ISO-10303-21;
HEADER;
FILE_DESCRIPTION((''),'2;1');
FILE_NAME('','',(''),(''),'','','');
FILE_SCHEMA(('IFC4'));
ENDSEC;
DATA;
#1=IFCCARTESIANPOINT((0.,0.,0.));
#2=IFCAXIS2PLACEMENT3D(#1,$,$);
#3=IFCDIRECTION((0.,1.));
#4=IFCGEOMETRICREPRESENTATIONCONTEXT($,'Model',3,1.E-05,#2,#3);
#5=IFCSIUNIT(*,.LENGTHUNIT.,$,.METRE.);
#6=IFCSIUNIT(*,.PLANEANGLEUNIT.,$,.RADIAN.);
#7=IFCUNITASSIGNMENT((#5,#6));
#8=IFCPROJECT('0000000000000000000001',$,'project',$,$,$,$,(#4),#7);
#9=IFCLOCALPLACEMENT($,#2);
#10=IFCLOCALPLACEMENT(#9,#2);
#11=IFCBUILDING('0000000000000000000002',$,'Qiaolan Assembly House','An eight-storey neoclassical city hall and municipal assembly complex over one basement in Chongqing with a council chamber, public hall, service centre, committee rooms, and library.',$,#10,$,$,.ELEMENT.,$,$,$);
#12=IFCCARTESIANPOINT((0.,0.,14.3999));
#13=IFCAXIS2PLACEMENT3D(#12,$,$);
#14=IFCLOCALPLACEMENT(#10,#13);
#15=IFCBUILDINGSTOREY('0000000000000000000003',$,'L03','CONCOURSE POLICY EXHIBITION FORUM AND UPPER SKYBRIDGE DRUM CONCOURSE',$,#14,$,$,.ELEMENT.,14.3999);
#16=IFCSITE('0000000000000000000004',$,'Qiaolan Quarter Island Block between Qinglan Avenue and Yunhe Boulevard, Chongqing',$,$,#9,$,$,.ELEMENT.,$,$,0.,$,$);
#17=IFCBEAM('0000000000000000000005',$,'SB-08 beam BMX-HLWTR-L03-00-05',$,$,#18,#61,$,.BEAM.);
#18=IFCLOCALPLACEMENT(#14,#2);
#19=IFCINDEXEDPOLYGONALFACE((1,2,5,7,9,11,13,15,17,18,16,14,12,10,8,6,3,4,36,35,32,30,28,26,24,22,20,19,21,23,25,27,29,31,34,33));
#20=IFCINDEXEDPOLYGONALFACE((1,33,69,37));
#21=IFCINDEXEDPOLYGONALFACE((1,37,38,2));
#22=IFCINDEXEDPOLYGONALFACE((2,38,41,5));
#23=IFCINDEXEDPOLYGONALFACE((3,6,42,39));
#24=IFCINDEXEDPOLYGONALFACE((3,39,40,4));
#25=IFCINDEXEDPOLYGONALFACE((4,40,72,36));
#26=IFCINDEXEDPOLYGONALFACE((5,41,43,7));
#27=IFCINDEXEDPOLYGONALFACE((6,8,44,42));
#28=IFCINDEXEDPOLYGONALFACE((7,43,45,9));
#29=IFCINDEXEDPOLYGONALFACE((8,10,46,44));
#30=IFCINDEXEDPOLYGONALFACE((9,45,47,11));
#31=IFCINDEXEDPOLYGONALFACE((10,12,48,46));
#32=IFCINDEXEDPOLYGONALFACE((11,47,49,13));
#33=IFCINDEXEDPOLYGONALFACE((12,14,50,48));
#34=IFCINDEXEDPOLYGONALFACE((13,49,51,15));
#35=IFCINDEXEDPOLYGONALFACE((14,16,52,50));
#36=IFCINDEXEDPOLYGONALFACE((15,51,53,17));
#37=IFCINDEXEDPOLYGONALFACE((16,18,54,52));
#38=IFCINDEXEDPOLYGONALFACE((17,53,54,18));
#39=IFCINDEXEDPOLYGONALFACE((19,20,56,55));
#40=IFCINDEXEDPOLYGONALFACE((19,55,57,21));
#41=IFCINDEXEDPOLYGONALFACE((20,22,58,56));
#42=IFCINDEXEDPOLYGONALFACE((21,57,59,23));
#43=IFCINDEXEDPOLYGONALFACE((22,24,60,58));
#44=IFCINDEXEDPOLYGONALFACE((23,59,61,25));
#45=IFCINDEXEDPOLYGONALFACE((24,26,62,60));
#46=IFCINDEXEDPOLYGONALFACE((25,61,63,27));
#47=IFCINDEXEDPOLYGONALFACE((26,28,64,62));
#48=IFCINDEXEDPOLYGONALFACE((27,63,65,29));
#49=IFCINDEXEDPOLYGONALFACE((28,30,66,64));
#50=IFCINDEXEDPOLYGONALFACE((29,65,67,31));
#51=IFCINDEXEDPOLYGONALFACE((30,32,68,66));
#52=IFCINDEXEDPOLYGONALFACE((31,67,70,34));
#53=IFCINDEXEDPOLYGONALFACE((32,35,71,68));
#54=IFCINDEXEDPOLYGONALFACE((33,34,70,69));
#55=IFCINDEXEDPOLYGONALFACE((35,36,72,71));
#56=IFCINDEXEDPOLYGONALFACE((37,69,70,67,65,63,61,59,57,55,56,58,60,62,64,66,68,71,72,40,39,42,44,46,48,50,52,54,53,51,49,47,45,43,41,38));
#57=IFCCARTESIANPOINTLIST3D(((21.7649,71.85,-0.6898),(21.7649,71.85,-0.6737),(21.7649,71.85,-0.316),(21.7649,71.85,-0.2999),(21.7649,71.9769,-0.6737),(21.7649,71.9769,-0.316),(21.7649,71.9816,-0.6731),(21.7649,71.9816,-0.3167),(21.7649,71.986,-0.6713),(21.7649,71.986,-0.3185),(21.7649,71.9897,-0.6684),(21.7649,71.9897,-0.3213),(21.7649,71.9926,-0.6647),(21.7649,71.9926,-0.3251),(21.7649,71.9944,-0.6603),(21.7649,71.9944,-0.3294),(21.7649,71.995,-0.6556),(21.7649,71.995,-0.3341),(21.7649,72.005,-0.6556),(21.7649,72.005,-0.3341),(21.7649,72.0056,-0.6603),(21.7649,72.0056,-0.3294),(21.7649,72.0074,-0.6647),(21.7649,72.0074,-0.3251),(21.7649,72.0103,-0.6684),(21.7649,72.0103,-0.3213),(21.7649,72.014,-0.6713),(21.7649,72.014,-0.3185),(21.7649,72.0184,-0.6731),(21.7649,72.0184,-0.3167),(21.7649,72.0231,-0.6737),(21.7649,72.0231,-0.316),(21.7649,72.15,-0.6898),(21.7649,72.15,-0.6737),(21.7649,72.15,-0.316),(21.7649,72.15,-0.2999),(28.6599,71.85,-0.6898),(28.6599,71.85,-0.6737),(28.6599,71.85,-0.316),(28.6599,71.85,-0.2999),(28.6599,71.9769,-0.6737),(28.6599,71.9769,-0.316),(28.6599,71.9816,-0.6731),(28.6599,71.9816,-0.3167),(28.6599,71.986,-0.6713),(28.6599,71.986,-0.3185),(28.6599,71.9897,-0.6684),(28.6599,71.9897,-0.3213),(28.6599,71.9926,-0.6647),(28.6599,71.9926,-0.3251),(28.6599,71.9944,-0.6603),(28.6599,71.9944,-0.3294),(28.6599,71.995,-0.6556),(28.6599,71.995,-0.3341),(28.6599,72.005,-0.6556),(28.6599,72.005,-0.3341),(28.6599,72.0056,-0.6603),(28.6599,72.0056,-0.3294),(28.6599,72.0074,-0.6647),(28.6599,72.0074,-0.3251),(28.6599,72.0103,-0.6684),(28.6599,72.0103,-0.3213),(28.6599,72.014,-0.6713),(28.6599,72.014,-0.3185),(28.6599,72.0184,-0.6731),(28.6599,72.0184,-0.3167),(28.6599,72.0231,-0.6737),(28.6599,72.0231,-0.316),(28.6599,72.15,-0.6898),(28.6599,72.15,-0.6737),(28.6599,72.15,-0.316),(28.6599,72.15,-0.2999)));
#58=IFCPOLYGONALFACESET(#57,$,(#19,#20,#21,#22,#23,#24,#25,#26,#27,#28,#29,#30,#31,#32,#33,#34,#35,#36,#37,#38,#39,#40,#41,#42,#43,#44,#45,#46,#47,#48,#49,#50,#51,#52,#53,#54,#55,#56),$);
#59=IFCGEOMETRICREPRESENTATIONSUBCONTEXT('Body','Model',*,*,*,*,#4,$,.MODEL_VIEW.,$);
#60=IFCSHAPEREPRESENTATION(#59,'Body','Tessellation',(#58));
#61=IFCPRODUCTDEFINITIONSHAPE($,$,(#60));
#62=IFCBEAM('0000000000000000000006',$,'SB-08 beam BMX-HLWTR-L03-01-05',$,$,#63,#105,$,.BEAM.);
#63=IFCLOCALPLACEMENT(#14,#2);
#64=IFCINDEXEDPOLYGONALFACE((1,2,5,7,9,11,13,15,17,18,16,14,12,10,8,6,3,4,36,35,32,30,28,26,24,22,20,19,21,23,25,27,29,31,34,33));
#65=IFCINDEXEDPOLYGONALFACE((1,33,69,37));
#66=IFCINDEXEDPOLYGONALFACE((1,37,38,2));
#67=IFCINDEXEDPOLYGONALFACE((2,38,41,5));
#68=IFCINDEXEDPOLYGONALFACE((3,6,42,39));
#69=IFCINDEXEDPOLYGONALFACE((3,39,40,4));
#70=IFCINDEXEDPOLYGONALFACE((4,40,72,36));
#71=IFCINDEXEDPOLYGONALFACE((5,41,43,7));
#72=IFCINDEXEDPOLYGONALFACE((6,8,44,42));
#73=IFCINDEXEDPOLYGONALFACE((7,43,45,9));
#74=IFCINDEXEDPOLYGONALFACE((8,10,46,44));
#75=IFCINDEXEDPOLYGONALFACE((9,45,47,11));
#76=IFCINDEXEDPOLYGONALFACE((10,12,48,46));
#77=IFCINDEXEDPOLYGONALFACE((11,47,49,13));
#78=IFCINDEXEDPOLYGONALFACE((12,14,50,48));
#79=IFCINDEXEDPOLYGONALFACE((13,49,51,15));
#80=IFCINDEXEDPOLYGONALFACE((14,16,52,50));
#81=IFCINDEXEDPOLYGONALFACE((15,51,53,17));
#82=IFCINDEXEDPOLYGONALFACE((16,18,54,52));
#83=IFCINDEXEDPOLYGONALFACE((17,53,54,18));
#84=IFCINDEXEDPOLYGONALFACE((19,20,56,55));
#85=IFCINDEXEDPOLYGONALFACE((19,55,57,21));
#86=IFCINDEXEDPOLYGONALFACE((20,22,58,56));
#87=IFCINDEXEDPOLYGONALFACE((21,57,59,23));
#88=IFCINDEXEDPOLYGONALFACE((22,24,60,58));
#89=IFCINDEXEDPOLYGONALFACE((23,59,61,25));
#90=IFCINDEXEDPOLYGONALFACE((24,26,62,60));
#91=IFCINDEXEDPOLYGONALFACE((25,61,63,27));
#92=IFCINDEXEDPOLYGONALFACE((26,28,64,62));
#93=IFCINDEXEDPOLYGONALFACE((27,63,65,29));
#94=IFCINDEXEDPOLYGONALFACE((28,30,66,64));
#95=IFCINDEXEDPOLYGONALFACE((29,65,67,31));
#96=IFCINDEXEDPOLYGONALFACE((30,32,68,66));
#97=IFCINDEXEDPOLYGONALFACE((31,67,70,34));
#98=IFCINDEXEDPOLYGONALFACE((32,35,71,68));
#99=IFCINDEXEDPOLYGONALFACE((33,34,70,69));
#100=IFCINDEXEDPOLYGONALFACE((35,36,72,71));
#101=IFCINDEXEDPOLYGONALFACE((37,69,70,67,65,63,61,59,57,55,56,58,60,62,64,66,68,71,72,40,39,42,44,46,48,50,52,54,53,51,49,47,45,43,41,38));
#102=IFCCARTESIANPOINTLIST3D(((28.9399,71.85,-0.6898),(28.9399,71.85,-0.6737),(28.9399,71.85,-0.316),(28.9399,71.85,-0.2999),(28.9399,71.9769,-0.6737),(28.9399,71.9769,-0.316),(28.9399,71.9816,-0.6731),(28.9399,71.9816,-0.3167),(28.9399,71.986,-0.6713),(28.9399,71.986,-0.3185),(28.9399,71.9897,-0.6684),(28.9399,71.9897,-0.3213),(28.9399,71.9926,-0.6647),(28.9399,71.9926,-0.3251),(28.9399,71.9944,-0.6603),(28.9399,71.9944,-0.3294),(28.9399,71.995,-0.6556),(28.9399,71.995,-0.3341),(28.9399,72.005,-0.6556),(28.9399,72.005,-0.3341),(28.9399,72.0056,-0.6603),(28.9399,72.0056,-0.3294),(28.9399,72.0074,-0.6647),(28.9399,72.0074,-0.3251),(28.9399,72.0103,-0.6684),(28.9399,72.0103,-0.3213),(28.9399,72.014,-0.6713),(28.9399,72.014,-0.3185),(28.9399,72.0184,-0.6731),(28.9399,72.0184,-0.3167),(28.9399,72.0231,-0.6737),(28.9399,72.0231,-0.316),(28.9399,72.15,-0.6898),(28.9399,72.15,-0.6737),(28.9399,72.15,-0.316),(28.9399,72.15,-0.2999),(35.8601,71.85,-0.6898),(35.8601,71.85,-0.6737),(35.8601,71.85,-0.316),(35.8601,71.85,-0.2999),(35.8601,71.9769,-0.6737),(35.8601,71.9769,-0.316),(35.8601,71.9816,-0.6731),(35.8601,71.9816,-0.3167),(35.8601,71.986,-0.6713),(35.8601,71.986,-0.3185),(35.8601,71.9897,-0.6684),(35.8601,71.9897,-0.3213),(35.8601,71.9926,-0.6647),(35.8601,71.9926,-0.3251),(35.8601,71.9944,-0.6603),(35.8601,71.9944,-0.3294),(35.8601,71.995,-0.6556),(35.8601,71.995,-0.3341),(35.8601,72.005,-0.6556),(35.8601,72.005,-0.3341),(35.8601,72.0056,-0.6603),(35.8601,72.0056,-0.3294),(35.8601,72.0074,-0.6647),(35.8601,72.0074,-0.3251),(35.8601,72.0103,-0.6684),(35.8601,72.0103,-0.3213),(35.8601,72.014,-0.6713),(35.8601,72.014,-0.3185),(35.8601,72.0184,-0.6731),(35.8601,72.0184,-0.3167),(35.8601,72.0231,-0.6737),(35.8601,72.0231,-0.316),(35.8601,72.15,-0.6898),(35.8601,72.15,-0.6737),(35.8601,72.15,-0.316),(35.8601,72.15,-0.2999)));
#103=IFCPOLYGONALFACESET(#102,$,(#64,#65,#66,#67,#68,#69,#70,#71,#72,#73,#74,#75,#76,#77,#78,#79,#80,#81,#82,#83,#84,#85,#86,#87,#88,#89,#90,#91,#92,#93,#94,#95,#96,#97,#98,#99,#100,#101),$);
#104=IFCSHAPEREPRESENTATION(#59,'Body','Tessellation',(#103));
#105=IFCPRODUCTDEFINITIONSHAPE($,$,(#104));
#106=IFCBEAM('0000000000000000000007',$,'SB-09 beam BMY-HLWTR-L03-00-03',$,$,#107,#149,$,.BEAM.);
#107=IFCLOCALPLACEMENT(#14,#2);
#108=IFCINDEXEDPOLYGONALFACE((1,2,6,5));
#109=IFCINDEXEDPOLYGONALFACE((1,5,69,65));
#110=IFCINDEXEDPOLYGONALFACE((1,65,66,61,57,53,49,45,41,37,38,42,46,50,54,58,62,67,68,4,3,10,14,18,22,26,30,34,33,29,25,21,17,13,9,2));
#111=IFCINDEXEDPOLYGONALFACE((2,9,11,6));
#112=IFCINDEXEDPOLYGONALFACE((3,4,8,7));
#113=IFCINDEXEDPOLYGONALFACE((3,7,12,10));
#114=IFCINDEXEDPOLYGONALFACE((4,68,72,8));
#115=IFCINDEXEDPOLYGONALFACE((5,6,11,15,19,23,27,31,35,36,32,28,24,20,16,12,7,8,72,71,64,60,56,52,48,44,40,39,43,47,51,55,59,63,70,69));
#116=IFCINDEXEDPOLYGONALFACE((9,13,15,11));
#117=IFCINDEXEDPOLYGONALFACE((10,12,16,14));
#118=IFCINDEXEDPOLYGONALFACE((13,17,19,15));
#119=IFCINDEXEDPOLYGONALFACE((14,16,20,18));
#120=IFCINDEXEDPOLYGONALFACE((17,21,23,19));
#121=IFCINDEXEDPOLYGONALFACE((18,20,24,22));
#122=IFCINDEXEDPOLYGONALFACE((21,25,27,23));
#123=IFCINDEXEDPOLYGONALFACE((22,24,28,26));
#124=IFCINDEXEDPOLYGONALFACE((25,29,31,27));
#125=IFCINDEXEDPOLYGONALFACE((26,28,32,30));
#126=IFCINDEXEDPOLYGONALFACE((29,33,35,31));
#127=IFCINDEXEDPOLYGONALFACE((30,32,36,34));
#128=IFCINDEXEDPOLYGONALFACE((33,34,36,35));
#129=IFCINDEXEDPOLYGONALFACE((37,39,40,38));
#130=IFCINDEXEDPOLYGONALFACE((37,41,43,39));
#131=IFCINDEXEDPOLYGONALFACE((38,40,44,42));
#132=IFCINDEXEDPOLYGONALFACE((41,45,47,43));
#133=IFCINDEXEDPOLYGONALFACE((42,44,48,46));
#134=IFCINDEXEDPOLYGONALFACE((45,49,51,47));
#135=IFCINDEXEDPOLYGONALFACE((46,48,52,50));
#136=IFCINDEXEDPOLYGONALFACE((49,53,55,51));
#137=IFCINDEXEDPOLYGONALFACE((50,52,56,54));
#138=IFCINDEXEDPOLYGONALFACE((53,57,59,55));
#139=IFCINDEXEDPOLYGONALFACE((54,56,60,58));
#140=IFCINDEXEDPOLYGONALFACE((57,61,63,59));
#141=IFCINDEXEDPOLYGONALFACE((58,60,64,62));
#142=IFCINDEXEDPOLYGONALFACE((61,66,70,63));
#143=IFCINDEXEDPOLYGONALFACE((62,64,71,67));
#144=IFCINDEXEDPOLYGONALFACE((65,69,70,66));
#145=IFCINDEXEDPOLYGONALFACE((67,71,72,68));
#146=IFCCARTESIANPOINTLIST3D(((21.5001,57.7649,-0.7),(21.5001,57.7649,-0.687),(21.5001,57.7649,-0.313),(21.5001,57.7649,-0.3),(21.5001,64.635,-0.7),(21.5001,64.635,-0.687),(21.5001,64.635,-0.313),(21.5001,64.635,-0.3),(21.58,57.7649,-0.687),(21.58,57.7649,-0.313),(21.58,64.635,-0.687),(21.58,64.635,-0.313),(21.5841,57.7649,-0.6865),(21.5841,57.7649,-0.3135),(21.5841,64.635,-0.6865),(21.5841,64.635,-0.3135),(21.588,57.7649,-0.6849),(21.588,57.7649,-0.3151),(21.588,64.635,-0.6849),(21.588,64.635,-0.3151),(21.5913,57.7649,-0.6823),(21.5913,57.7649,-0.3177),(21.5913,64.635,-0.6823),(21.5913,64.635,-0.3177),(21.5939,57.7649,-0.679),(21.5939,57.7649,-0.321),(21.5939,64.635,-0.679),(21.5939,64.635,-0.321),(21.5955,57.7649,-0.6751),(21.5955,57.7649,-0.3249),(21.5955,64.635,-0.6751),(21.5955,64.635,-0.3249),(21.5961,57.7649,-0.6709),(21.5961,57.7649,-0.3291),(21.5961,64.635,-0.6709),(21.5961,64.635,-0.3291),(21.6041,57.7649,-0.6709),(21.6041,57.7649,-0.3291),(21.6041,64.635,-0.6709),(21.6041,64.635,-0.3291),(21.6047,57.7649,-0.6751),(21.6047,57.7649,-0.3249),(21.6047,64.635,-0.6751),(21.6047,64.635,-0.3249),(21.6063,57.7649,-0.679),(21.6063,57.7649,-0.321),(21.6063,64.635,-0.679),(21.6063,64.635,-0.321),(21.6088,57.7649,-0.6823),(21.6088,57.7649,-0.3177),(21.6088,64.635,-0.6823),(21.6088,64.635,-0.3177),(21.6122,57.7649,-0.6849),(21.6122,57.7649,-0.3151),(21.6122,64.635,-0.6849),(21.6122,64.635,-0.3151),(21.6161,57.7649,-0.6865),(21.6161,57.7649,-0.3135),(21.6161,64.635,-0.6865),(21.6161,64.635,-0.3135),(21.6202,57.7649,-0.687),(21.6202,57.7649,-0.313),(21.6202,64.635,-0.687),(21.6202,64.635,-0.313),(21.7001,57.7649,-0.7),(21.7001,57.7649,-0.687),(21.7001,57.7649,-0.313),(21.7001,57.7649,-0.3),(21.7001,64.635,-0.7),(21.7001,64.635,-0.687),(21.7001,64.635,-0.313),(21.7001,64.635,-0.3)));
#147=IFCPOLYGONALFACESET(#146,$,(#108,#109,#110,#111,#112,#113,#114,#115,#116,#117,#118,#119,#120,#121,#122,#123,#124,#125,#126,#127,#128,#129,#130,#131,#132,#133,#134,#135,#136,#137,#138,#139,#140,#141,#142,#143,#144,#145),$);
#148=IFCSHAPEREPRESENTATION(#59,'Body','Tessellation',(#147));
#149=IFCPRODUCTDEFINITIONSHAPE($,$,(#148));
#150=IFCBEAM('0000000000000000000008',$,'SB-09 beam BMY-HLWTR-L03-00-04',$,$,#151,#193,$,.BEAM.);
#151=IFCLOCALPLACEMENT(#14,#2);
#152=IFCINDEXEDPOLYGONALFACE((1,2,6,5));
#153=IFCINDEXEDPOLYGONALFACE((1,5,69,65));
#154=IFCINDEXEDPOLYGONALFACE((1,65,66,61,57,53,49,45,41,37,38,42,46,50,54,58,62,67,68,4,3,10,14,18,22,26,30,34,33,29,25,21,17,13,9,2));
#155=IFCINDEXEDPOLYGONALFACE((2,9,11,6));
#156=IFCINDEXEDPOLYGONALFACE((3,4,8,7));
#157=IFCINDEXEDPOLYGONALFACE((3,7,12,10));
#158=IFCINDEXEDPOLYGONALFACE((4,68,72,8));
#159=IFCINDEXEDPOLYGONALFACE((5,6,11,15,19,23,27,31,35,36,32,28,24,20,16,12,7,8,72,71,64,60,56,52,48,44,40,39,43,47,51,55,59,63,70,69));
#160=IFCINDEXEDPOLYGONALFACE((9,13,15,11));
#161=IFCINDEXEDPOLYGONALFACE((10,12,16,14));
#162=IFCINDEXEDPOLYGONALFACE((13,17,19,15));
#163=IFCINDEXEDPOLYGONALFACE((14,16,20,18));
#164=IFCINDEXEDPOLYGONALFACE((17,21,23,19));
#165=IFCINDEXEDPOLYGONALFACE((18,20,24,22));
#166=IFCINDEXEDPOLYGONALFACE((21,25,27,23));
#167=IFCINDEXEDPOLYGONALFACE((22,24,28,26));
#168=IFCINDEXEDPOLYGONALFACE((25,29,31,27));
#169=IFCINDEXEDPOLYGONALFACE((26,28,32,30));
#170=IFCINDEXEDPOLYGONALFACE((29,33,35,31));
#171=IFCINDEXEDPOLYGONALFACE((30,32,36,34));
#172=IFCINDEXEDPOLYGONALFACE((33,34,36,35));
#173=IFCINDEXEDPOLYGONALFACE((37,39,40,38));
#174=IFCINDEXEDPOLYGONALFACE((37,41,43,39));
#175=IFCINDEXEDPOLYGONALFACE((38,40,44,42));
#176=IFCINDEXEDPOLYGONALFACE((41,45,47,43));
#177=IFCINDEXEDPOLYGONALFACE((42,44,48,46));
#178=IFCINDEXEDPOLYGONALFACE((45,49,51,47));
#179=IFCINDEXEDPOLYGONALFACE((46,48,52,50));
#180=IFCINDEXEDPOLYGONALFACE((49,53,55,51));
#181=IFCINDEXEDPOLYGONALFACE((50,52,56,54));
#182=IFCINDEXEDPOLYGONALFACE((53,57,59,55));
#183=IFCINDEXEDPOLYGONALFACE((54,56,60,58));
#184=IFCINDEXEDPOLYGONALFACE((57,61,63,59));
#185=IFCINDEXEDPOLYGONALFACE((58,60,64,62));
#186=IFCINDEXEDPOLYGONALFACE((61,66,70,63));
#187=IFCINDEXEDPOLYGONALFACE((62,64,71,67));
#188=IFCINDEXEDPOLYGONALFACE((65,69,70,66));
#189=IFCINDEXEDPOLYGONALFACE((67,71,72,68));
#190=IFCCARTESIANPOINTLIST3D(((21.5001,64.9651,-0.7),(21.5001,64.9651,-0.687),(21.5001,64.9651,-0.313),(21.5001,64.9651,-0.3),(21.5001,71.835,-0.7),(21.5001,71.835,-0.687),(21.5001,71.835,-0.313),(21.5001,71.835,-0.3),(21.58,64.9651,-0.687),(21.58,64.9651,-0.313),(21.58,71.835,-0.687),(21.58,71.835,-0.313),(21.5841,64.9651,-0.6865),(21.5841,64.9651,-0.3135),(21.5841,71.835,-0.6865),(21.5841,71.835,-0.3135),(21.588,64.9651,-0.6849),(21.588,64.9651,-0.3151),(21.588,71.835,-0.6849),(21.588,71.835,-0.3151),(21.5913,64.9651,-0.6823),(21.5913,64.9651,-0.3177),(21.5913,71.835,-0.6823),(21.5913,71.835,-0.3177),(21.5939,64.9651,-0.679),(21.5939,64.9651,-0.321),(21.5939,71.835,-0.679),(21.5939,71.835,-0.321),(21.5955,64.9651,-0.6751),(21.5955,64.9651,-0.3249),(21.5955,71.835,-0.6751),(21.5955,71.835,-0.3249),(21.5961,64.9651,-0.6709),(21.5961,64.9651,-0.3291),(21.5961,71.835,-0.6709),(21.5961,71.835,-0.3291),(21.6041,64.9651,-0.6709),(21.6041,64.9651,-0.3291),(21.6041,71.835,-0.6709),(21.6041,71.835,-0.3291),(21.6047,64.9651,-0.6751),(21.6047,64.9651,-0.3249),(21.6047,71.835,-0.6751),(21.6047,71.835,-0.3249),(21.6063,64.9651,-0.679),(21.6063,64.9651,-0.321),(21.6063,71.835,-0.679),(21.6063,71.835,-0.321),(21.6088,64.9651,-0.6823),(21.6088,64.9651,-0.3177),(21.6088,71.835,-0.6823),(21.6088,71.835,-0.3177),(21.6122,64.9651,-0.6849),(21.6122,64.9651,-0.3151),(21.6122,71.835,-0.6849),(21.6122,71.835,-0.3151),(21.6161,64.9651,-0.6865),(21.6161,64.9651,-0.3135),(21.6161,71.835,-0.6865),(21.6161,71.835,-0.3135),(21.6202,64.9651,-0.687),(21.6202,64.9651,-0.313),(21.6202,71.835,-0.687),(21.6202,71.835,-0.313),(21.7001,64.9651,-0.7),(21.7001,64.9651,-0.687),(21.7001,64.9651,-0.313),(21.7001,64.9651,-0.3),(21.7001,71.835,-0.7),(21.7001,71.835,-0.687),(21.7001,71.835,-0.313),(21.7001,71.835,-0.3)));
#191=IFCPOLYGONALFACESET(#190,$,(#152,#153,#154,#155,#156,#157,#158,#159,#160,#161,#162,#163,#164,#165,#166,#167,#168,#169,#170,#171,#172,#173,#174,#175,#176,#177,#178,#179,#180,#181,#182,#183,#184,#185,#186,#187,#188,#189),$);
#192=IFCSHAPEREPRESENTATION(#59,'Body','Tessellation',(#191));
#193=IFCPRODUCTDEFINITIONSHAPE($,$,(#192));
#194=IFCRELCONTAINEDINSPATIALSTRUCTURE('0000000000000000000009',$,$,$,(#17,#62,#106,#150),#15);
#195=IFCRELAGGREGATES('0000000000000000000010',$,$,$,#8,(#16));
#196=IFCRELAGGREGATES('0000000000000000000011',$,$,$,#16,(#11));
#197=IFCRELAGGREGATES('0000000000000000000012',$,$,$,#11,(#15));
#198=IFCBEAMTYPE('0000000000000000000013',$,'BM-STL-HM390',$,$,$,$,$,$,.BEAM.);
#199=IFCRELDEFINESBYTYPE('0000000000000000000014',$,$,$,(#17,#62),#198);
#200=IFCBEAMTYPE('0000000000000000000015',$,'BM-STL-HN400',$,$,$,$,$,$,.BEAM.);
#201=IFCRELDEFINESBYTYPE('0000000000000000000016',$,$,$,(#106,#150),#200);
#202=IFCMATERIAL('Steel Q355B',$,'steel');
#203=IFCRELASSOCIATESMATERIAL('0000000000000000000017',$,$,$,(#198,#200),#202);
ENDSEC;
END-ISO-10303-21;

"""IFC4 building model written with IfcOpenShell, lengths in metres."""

from ifc_helpers import new_model, si_unit, direction, frame, origin, origin_2d, place, context, subcontext, project, spatial, i_section, extrude, material, material_profile, profile_set, type_object, element, save


model = new_model("IFC4")

# Units and contexts
model_context = context("Model", 3, precision=1e-05, world=origin(), true_north=direction((0.0, 1.0)))
body_context = subcontext(model_context, "Body", "Model", "MODEL_VIEW")
ifc_project = project(units=[si_unit("LENGTHUNIT", "METRE"), si_unit("PLANEANGLEUNIT", "RADIAN")], contexts=[model_context])

# Site, building, storey
site_placement = place(None, origin())
site = spatial("IfcSite", under=ifc_project, at=site_placement, Name="Qiaolan Quarter Island Block between Qinglan Avenue and Yunhe Boulevard, Chongqing", CompositionType="ELEMENT", RefElevation=0.0)
building_placement = place(site_placement, origin())
building = spatial("IfcBuilding", under=site, at=building_placement, Name="Qiaolan Assembly House", Description="An eight-storey neoclassical city hall and municipal assembly complex over one basement in Chongqing with a council chamber, public hall, service centre, committee rooms, and library.", CompositionType="ELEMENT")
storey_placement = place(building_placement, frame((0.0, 0.0, 14.3999)))
storey = spatial("IfcBuildingStorey", under=building, at=storey_placement, Name="L03", Description="CONCOURSE POLICY EXHIBITION FORUM AND UPPER SKYBRIDGE DRUM CONCOURSE", CompositionType="ELEMENT", Elevation=14.3999)

# Shared definitions
ifc_material = material(Name="Steel Q355B", Category="steel")

# Beams
ifc_material_profile_1 = material_profile(ifc_material, i_section(OverallWidth=0.3, OverallDepth=0.3899, WebThickness=0.01, FlangeThickness=0.0161, FilletRadius=0.0181, at=origin_2d()), Name="HM 390x300x10x16")
ifc_profile_set_1 = profile_set([ifc_material_profile_1], Name="Steel Q355B")
beam_type_1 = type_object("IfcBeamType", Name="BM-STL-HM390", PredefinedType="BEAM", material=ifc_profile_set_1)
beam_1_placement = place(storey_placement, frame((21.7649, 72.0, -0.4949), z_axis=(1.0, 0.0, 0.0), x_axis=(0.0, 1.0, 0.0)))
element("IfcBeam", 1, at=beam_1_placement, inside=storey, type_object=beam_type_1, Name="SB-08 beam BMX-HLWTR-L03-00-05", PredefinedType="BEAM", context=body_context, shape_type="SweptSolid", body=[
    extrude(i_section(OverallWidth=0.3, OverallDepth=0.3899, WebThickness=0.01, FlangeThickness=0.0161, FilletRadius=0.0181, at=origin_2d()), origin(), (0.0, 0.0, 1.0), 6.895),
])
beam_2_placement = place(storey_placement, frame((28.9399, 72.0, -0.4949), z_axis=(1.0, 0.0, 0.0), x_axis=(0.0, 1.0, 0.0)))
element("IfcBeam", 2, at=beam_2_placement, inside=storey, type_object=beam_type_1, Name="SB-08 beam BMX-HLWTR-L03-01-05", PredefinedType="BEAM", context=body_context, shape_type="SweptSolid", body=[
    extrude(i_section(OverallWidth=0.3, OverallDepth=0.3899, WebThickness=0.01, FlangeThickness=0.0161, FilletRadius=0.0181, at=origin_2d()), origin(), (0.0, 0.0, 1.0), 6.9202),
])
ifc_material_profile_2 = material_profile(ifc_material, i_section(OverallWidth=0.2, OverallDepth=0.3999, WebThickness=0.0081, FlangeThickness=0.0129, FilletRadius=0.0161, at=origin_2d()), Name="HN 400x200x8x13")
ifc_profile_set_2 = profile_set([ifc_material_profile_2], Name="Steel Q355B")
beam_type_2 = type_object("IfcBeamType", Name="BM-STL-HN400", PredefinedType="BEAM", material=ifc_profile_set_2)
beam_3_placement = place(storey_placement, frame((21.6001, 57.7649, -0.5), z_axis=(0.0, 1.0, 0.0), x_axis=(-1.0, 0.0, 0.0)))
element("IfcBeam", 3, at=beam_3_placement, inside=storey, type_object=beam_type_2, Name="SB-09 beam BMY-HLWTR-L03-00-03", PredefinedType="BEAM", context=body_context, shape_type="SweptSolid", body=[
    extrude(i_section(OverallWidth=0.2, OverallDepth=0.3999, WebThickness=0.0081, FlangeThickness=0.0129, FilletRadius=0.0161, at=origin_2d()), origin(), (0.0, 0.0, 1.0), 6.8701),
])
for number, where, z_axis, x_axis, name in (
    (4, (21.6001, 64.9651, -0.5), (0.0, 1.0, 0.0), (-1.0, 0.0, 0.0), "SB-09 beam BMY-HLWTR-L03-00-04"),
):
    element("IfcBeam", number, at=place(storey_placement, frame(where, z_axis=z_axis, x_axis=x_axis)), inside=storey, type_object=beam_type_2, Name=name, PredefinedType="BEAM", context=body_context, shape_type="SweptSolid", body=[
        extrude(i_section(OverallWidth=0.2, OverallDepth=0.3999, WebThickness=0.0081, FlangeThickness=0.0129, FilletRadius=0.0161, at=origin_2d()), origin(), (0.0, 0.0, 1.0), 6.8699),
    ])

save(model, "model.ifc")
